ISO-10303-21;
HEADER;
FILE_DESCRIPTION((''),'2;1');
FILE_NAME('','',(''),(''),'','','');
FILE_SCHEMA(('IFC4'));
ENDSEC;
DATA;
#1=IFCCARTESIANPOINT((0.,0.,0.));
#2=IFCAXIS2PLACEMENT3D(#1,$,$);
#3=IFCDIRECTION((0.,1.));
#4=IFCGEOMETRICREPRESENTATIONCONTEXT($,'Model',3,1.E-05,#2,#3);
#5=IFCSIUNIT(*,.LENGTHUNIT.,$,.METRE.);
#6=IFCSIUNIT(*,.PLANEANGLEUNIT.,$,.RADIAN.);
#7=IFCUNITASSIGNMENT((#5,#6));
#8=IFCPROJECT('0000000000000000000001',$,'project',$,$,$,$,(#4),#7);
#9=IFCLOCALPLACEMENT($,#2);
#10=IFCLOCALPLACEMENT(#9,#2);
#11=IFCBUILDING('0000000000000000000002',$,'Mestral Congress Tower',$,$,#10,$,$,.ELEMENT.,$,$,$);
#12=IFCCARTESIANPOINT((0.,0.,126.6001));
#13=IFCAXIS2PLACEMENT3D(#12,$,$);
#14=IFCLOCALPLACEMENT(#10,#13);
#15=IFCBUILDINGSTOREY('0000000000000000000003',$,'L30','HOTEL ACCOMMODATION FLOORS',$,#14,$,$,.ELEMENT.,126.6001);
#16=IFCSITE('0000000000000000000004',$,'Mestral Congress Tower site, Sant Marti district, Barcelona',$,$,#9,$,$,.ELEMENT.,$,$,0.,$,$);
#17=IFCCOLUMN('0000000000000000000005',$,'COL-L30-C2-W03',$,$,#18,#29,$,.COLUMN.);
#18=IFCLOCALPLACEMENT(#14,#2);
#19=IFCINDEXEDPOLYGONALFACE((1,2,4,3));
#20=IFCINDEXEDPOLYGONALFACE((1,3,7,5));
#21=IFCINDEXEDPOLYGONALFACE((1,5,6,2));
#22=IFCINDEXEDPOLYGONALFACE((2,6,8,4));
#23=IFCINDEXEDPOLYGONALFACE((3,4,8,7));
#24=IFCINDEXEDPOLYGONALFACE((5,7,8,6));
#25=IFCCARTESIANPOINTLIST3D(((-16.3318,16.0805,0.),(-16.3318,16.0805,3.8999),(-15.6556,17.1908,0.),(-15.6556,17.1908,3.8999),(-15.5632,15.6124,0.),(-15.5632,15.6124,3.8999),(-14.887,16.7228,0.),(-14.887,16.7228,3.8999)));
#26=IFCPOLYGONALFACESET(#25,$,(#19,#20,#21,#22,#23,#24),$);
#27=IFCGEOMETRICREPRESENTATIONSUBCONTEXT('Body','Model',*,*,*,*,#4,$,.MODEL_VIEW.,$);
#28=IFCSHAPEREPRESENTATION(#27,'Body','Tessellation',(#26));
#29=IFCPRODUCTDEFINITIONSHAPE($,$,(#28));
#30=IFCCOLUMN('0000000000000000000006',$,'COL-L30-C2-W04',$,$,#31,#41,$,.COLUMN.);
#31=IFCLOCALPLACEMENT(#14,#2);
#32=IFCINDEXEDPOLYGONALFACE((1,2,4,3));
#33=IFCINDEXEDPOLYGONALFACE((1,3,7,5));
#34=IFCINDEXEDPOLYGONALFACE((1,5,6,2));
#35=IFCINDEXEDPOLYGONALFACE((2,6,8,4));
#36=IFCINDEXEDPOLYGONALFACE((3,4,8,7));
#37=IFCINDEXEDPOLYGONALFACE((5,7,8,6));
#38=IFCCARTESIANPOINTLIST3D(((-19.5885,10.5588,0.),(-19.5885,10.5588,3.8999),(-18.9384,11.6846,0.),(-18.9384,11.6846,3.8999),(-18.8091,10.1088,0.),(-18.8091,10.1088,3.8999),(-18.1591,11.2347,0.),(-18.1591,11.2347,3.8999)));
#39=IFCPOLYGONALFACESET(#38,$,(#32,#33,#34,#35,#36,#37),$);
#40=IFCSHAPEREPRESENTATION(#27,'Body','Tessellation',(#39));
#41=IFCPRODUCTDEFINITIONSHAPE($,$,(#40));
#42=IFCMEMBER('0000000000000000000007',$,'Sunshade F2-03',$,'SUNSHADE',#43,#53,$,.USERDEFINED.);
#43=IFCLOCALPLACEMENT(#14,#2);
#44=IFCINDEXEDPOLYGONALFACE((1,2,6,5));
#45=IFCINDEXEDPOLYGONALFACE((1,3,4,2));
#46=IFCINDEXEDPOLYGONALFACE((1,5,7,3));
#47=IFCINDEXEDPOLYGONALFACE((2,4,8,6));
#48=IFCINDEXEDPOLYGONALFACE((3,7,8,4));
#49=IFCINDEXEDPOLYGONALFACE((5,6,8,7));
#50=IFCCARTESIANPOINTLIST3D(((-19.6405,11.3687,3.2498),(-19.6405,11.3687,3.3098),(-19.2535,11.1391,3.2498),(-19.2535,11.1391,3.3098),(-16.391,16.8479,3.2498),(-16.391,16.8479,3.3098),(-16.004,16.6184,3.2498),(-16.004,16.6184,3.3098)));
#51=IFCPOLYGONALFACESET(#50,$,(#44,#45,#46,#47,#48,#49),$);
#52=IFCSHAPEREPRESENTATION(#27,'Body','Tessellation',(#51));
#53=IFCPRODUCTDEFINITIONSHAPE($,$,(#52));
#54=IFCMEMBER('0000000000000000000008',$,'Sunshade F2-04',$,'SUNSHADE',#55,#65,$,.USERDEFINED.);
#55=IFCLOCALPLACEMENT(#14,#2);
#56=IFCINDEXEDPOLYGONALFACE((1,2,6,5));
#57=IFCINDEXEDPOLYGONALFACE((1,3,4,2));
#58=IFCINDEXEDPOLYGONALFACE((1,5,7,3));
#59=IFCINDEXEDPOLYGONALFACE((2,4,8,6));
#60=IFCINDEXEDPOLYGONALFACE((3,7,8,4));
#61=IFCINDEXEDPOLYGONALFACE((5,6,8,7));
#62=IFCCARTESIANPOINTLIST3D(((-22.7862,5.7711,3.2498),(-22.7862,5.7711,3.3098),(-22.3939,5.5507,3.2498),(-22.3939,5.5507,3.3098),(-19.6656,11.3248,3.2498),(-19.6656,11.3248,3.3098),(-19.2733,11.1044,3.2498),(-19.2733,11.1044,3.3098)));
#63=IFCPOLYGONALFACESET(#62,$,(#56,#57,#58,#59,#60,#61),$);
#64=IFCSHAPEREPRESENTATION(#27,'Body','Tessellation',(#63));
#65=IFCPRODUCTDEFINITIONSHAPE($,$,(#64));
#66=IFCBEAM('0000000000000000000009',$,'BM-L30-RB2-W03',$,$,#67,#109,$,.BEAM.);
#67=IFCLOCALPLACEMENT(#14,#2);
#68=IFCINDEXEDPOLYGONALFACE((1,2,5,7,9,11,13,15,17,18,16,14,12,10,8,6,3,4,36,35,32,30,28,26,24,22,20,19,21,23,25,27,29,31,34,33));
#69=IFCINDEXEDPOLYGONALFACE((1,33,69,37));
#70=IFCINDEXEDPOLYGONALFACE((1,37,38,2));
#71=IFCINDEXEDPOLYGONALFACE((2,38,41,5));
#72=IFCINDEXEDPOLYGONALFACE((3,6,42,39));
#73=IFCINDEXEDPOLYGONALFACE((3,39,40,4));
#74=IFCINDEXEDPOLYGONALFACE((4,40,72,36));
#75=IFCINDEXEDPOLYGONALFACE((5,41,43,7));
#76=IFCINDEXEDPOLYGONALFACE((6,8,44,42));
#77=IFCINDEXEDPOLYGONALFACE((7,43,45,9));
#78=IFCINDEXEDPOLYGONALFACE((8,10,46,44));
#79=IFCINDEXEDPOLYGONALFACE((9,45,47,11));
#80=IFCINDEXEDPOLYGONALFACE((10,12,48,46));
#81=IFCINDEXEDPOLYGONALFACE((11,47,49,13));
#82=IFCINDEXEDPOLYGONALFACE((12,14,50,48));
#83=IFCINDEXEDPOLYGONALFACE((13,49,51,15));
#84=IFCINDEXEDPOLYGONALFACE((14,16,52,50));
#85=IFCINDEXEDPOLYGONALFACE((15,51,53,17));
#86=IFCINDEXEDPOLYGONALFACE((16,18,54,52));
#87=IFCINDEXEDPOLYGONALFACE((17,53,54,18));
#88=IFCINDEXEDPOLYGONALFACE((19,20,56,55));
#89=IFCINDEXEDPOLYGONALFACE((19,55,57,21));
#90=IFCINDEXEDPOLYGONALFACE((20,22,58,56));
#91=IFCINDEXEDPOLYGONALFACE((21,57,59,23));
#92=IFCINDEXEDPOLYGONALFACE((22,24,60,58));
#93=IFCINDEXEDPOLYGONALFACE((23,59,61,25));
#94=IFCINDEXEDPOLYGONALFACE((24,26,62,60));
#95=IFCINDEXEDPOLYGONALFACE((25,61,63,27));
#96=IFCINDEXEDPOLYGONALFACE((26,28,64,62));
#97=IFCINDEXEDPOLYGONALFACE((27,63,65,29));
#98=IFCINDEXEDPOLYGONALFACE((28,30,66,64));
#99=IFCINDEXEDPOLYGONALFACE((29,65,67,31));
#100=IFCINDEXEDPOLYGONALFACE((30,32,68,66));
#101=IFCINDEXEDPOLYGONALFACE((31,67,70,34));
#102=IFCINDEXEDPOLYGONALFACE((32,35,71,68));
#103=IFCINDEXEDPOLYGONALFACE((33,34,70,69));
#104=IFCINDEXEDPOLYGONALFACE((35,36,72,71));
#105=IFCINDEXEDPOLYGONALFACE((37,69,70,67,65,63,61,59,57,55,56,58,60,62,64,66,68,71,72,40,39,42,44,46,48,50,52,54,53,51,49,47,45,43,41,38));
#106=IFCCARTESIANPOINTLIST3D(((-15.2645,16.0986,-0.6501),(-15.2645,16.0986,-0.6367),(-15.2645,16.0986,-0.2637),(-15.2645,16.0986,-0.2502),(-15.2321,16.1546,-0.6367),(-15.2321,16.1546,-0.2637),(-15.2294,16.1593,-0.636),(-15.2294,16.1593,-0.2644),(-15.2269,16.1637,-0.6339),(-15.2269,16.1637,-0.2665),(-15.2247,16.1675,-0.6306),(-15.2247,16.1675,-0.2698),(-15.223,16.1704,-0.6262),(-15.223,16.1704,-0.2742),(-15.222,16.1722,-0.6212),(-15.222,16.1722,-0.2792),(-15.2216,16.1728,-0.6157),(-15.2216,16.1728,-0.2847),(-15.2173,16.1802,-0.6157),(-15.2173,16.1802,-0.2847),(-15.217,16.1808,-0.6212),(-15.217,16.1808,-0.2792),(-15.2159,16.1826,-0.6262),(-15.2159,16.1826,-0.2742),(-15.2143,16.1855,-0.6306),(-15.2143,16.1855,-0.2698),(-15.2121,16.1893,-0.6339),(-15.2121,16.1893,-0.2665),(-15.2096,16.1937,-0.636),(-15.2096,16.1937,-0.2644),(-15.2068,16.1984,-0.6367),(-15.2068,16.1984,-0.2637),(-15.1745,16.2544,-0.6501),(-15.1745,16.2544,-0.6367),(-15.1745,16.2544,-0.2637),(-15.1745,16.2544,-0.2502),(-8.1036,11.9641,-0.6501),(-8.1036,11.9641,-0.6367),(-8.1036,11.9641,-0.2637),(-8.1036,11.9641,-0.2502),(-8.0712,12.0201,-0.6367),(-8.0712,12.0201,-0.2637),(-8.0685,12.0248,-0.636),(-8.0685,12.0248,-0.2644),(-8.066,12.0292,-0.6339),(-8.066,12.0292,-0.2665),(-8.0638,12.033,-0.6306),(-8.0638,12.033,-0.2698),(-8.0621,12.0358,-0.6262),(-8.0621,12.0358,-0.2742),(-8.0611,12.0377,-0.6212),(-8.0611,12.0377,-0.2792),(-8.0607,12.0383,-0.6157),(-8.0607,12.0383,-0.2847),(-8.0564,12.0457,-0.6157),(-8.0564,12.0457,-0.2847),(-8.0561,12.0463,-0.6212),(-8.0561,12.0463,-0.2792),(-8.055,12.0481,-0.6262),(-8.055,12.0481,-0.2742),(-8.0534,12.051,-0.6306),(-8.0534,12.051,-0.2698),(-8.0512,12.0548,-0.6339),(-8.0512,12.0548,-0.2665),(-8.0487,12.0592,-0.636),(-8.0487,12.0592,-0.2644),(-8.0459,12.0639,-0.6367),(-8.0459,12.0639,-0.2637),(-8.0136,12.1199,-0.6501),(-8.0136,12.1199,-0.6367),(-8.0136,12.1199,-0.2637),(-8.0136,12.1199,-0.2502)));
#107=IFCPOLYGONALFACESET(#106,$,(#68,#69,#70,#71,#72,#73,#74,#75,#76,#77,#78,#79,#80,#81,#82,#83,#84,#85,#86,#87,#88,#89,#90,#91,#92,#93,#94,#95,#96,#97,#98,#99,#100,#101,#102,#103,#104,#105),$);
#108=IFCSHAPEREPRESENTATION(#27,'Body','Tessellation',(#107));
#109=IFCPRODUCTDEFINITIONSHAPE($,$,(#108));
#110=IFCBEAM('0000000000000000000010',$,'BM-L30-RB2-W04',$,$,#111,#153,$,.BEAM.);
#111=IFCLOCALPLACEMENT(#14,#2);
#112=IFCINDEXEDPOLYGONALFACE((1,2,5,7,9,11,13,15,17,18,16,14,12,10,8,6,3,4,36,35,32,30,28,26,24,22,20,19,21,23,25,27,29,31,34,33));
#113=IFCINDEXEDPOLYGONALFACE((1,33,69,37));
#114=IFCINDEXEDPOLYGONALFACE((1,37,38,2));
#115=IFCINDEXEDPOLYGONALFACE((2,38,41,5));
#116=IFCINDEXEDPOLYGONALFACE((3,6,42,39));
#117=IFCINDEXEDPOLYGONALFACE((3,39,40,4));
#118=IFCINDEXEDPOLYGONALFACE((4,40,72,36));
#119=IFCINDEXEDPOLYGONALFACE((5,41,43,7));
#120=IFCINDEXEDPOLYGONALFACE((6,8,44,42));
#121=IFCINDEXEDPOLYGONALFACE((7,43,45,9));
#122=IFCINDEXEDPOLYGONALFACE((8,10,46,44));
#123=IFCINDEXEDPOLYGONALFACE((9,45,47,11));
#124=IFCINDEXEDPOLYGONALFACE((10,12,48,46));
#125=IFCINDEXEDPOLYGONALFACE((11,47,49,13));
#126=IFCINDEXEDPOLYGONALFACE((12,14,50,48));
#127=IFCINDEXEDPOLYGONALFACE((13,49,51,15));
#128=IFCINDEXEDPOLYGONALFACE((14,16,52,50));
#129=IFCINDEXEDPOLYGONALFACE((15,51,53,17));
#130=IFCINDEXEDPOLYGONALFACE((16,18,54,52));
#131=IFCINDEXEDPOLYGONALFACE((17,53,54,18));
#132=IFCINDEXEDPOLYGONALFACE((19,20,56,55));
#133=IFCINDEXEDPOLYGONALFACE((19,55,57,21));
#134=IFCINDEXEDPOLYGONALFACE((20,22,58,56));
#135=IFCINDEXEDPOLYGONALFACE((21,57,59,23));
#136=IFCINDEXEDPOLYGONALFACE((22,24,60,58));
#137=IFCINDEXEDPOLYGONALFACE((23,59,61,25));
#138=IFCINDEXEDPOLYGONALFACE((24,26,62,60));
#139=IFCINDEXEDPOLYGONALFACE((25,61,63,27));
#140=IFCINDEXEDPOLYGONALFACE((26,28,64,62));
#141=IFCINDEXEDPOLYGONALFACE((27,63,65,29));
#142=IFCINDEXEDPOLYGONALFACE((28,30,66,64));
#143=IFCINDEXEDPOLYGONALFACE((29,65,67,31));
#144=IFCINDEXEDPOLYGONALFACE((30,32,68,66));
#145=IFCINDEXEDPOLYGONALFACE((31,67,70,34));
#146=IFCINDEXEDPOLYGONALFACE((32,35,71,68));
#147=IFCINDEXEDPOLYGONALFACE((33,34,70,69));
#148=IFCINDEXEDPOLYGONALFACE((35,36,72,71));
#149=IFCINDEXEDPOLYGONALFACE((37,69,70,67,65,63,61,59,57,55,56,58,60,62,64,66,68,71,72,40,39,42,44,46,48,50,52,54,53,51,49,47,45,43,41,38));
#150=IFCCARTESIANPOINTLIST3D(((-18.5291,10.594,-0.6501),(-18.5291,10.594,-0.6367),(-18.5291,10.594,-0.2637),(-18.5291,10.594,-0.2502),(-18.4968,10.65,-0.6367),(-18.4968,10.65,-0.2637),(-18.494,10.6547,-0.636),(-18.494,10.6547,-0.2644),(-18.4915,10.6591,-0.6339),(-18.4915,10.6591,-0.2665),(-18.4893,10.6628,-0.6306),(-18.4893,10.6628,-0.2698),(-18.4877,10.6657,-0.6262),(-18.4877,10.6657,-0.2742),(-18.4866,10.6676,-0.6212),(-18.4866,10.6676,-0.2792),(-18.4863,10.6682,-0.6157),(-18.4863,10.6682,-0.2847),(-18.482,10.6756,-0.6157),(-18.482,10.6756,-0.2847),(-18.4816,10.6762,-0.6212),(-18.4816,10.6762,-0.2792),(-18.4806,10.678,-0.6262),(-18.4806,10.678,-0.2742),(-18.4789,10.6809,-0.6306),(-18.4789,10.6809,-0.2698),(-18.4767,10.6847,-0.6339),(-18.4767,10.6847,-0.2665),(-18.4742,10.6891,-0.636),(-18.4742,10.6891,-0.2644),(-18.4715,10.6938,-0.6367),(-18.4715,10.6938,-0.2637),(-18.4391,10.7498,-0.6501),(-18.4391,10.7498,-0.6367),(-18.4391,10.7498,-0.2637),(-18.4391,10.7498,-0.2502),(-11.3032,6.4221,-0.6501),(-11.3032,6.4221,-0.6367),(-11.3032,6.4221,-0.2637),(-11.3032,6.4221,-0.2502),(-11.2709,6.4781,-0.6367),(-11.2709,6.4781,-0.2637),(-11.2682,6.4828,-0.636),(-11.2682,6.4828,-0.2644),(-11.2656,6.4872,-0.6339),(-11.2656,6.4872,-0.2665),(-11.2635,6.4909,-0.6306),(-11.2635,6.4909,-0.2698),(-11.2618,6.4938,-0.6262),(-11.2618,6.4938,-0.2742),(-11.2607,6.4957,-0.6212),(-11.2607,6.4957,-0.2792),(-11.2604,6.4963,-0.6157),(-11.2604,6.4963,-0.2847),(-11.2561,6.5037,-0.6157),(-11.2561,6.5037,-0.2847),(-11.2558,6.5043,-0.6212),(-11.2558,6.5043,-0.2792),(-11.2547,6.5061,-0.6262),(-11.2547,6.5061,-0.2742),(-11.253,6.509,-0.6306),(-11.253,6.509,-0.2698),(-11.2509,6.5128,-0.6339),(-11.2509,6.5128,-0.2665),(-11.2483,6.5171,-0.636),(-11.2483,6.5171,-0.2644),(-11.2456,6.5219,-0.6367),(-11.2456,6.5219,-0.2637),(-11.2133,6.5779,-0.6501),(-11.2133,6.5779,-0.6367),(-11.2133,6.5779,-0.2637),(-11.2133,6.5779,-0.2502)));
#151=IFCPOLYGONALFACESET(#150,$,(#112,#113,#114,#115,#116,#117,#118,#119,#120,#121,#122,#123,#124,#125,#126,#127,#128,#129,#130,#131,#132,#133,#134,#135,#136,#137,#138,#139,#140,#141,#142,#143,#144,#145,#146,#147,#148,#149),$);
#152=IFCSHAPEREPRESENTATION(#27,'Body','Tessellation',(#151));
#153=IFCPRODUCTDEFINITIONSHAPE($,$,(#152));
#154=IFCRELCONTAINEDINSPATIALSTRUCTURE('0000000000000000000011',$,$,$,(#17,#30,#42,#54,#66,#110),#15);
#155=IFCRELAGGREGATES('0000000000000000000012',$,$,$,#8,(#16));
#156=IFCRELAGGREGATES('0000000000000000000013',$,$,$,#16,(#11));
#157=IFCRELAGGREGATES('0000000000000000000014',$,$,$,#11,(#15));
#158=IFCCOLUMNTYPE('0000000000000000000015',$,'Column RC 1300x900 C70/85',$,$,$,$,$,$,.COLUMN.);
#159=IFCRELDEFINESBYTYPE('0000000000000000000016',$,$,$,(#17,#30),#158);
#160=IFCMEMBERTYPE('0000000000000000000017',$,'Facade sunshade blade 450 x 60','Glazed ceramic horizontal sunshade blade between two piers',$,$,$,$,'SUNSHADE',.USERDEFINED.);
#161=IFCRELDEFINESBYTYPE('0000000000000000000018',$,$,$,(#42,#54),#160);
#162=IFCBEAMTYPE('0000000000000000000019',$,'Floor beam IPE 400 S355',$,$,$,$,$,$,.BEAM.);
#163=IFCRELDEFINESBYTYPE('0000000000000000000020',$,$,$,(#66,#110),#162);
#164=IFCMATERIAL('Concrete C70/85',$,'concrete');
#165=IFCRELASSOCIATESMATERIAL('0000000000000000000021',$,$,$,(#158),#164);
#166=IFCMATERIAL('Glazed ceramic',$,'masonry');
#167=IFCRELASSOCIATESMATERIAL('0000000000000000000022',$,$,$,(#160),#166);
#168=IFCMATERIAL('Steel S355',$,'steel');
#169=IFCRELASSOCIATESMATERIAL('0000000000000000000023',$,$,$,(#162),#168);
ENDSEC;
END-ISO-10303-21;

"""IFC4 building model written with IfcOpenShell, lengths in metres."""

from ifc_helpers import new_model, si_unit, direction, frame, origin, origin_2d, place, context, subcontext, project, spatial, rectangle, i_section, extrude, material, material_profile, profile_set, type_object, element, save


model = new_model("IFC4")

# Units and contexts
model_context = context("Model", 3, precision=1e-05, world=origin(), true_north=direction((0.0, 1.0)))
body_context = subcontext(model_context, "Body", "Model", "MODEL_VIEW")
ifc_project = project(units=[si_unit("LENGTHUNIT", "METRE"), si_unit("PLANEANGLEUNIT", "RADIAN")], contexts=[model_context])

# Site, building, storey
site_placement = place(None, origin())
site = spatial("IfcSite", under=ifc_project, at=site_placement, Name="Mestral Congress Tower site, Sant Marti district, Barcelona", CompositionType="ELEMENT", RefElevation=0.0)
building_placement = place(site_placement, origin())
building = spatial("IfcBuilding", under=site, at=building_placement, Name="Mestral Congress Tower", CompositionType="ELEMENT")
storey_placement = place(building_placement, frame((0.0, 0.0, 126.6001)))
storey = spatial("IfcBuildingStorey", under=building, at=storey_placement, Name="L30", Description="HOTEL ACCOMMODATION FLOORS", CompositionType="ELEMENT", Elevation=126.6001)

# Columns
ifc_material_1 = material(Name="Concrete C70/85", Category="concrete")
ifc_material_profile_1 = material_profile(ifc_material_1, rectangle(XDim=1.3, YDim=0.8999, at=origin_2d()), Name="RC 1300x900")
ifc_profile_set_1 = profile_set([ifc_material_profile_1], Name="Concrete C70/85")
column_type = type_object("IfcColumnType", Name="Column RC 1300x900 C70/85", PredefinedType="COLUMN", material=ifc_profile_set_1)
for number, where, z_axis, x_axis, name in (
    (1, (-15.6094, 16.4016, 0.0), (0.0, 0.0, 1.0), (-0.520114, -0.854097, 0.0), "COL-L30-C2-W03"),
    (2, (-18.8738, 10.8967, 0.0), (0.0, 0.0, 1.0), (-0.5, -0.866025, 0.0), "COL-L30-C2-W04"),
):
    element("IfcColumn", number, at=place(storey_placement, frame(where, z_axis=z_axis, x_axis=x_axis)), inside=storey, type_object=column_type, Name=name, PredefinedType="COLUMN", context=body_context, shape_type="SweptSolid", body=[
        extrude(rectangle(XDim=1.3, YDim=0.8999, at=origin_2d()), origin(), (0.0, 0.0, 1.0), 3.8999),
    ])

# Members
ifc_material_2 = material(Name="Glazed ceramic", Category="masonry")
ifc_material_profile_2 = material_profile(ifc_material_2, rectangle(XDim=0.45, YDim=0.0601, at=origin_2d()), Name="Ceramic blade 450 x 60")
ifc_profile_set_2 = profile_set([ifc_material_profile_2], Name="Glazed ceramic")
member_type = type_object("IfcMemberType", Name="Facade sunshade blade 450 x 60", Description="Glazed ceramic horizontal sunshade blade between two piers", ElementType="SUNSHADE", PredefinedType="USERDEFINED", material=ifc_profile_set_2)
for number, where, z_axis, x_axis, name in (
    (3, (-16.1975, 16.7332, 3.2798), (-0.510099, -0.860116, 0.0), (0.860116, -0.510099, 0.0), "Sunshade F2-03"),
    (4, (-19.4695, 11.2146, 3.2798), (-0.489861, -0.871801, 0.0), (0.871801, -0.489861, 0.0), "Sunshade F2-04"),
):
    element("IfcMember", number, at=place(storey_placement, frame(where, z_axis=z_axis, x_axis=x_axis)), inside=storey, type_object=member_type, Name=name, ObjectType="SUNSHADE", PredefinedType="USERDEFINED", context=body_context, shape_type="SweptSolid", body=[
        extrude(rectangle(XDim=0.45, YDim=0.0601, at=origin_2d()), origin(), (0.0, 0.0, 1.0), 6.3704),
    ])

# Beams
ifc_material_3 = material(Name="Steel S355", Category="steel")
ifc_material_profile_3 = material_profile(ifc_material_3, i_section(OverallWidth=0.1799, OverallDepth=0.3999, WebThickness=0.0085, FlangeThickness=0.0134, FilletRadius=0.021, at=origin_2d()), Name="IPE 400")
ifc_profile_set_3 = profile_set([ifc_material_profile_3], Name="Steel S355")
beam_type_1 = type_object("IfcBeamType", Name="Floor beam IPE 400 S355", PredefinedType="BEAM", material=ifc_profile_set_3)
beam_1_placement = place(storey_placement, frame((-15.2195, 16.1765, -0.4502), z_axis=(0.866016, -0.500016, 0.0), x_axis=(0.500016, 0.866016, 0.0)))
element("IfcBeam", 5, at=beam_1_placement, inside=storey, type_object=beam_type_1, Name="BM-L30-RB2-W03", PredefinedType="BEAM", context=body_context, shape_type="SweptSolid", body=[
    extrude(i_section(OverallWidth=0.1799, OverallDepth=0.3999, WebThickness=0.0085, FlangeThickness=0.0134, FilletRadius=0.021, at=origin_2d()), origin(), (0.0, 0.0, 1.0), 8.2688),
])
beam_2_placement = place(storey_placement, frame((-18.4841, 10.6719, -0.4502), z_axis=(0.866023, -0.500004, 0.0), x_axis=(0.500004, 0.866023, 0.0)))
element("IfcBeam", 6, at=beam_2_placement, inside=storey, type_object=beam_type_1, Name="BM-L30-RB2-W04", PredefinedType="BEAM", context=body_context, shape_type="SweptSolid", body=[
    extrude(i_section(OverallWidth=0.1799, OverallDepth=0.3999, WebThickness=0.0085, FlangeThickness=0.0134, FilletRadius=0.021, at=origin_2d()), origin(), (0.0, 0.0, 1.0), 8.3438),
])

save(model, "model.ifc")
